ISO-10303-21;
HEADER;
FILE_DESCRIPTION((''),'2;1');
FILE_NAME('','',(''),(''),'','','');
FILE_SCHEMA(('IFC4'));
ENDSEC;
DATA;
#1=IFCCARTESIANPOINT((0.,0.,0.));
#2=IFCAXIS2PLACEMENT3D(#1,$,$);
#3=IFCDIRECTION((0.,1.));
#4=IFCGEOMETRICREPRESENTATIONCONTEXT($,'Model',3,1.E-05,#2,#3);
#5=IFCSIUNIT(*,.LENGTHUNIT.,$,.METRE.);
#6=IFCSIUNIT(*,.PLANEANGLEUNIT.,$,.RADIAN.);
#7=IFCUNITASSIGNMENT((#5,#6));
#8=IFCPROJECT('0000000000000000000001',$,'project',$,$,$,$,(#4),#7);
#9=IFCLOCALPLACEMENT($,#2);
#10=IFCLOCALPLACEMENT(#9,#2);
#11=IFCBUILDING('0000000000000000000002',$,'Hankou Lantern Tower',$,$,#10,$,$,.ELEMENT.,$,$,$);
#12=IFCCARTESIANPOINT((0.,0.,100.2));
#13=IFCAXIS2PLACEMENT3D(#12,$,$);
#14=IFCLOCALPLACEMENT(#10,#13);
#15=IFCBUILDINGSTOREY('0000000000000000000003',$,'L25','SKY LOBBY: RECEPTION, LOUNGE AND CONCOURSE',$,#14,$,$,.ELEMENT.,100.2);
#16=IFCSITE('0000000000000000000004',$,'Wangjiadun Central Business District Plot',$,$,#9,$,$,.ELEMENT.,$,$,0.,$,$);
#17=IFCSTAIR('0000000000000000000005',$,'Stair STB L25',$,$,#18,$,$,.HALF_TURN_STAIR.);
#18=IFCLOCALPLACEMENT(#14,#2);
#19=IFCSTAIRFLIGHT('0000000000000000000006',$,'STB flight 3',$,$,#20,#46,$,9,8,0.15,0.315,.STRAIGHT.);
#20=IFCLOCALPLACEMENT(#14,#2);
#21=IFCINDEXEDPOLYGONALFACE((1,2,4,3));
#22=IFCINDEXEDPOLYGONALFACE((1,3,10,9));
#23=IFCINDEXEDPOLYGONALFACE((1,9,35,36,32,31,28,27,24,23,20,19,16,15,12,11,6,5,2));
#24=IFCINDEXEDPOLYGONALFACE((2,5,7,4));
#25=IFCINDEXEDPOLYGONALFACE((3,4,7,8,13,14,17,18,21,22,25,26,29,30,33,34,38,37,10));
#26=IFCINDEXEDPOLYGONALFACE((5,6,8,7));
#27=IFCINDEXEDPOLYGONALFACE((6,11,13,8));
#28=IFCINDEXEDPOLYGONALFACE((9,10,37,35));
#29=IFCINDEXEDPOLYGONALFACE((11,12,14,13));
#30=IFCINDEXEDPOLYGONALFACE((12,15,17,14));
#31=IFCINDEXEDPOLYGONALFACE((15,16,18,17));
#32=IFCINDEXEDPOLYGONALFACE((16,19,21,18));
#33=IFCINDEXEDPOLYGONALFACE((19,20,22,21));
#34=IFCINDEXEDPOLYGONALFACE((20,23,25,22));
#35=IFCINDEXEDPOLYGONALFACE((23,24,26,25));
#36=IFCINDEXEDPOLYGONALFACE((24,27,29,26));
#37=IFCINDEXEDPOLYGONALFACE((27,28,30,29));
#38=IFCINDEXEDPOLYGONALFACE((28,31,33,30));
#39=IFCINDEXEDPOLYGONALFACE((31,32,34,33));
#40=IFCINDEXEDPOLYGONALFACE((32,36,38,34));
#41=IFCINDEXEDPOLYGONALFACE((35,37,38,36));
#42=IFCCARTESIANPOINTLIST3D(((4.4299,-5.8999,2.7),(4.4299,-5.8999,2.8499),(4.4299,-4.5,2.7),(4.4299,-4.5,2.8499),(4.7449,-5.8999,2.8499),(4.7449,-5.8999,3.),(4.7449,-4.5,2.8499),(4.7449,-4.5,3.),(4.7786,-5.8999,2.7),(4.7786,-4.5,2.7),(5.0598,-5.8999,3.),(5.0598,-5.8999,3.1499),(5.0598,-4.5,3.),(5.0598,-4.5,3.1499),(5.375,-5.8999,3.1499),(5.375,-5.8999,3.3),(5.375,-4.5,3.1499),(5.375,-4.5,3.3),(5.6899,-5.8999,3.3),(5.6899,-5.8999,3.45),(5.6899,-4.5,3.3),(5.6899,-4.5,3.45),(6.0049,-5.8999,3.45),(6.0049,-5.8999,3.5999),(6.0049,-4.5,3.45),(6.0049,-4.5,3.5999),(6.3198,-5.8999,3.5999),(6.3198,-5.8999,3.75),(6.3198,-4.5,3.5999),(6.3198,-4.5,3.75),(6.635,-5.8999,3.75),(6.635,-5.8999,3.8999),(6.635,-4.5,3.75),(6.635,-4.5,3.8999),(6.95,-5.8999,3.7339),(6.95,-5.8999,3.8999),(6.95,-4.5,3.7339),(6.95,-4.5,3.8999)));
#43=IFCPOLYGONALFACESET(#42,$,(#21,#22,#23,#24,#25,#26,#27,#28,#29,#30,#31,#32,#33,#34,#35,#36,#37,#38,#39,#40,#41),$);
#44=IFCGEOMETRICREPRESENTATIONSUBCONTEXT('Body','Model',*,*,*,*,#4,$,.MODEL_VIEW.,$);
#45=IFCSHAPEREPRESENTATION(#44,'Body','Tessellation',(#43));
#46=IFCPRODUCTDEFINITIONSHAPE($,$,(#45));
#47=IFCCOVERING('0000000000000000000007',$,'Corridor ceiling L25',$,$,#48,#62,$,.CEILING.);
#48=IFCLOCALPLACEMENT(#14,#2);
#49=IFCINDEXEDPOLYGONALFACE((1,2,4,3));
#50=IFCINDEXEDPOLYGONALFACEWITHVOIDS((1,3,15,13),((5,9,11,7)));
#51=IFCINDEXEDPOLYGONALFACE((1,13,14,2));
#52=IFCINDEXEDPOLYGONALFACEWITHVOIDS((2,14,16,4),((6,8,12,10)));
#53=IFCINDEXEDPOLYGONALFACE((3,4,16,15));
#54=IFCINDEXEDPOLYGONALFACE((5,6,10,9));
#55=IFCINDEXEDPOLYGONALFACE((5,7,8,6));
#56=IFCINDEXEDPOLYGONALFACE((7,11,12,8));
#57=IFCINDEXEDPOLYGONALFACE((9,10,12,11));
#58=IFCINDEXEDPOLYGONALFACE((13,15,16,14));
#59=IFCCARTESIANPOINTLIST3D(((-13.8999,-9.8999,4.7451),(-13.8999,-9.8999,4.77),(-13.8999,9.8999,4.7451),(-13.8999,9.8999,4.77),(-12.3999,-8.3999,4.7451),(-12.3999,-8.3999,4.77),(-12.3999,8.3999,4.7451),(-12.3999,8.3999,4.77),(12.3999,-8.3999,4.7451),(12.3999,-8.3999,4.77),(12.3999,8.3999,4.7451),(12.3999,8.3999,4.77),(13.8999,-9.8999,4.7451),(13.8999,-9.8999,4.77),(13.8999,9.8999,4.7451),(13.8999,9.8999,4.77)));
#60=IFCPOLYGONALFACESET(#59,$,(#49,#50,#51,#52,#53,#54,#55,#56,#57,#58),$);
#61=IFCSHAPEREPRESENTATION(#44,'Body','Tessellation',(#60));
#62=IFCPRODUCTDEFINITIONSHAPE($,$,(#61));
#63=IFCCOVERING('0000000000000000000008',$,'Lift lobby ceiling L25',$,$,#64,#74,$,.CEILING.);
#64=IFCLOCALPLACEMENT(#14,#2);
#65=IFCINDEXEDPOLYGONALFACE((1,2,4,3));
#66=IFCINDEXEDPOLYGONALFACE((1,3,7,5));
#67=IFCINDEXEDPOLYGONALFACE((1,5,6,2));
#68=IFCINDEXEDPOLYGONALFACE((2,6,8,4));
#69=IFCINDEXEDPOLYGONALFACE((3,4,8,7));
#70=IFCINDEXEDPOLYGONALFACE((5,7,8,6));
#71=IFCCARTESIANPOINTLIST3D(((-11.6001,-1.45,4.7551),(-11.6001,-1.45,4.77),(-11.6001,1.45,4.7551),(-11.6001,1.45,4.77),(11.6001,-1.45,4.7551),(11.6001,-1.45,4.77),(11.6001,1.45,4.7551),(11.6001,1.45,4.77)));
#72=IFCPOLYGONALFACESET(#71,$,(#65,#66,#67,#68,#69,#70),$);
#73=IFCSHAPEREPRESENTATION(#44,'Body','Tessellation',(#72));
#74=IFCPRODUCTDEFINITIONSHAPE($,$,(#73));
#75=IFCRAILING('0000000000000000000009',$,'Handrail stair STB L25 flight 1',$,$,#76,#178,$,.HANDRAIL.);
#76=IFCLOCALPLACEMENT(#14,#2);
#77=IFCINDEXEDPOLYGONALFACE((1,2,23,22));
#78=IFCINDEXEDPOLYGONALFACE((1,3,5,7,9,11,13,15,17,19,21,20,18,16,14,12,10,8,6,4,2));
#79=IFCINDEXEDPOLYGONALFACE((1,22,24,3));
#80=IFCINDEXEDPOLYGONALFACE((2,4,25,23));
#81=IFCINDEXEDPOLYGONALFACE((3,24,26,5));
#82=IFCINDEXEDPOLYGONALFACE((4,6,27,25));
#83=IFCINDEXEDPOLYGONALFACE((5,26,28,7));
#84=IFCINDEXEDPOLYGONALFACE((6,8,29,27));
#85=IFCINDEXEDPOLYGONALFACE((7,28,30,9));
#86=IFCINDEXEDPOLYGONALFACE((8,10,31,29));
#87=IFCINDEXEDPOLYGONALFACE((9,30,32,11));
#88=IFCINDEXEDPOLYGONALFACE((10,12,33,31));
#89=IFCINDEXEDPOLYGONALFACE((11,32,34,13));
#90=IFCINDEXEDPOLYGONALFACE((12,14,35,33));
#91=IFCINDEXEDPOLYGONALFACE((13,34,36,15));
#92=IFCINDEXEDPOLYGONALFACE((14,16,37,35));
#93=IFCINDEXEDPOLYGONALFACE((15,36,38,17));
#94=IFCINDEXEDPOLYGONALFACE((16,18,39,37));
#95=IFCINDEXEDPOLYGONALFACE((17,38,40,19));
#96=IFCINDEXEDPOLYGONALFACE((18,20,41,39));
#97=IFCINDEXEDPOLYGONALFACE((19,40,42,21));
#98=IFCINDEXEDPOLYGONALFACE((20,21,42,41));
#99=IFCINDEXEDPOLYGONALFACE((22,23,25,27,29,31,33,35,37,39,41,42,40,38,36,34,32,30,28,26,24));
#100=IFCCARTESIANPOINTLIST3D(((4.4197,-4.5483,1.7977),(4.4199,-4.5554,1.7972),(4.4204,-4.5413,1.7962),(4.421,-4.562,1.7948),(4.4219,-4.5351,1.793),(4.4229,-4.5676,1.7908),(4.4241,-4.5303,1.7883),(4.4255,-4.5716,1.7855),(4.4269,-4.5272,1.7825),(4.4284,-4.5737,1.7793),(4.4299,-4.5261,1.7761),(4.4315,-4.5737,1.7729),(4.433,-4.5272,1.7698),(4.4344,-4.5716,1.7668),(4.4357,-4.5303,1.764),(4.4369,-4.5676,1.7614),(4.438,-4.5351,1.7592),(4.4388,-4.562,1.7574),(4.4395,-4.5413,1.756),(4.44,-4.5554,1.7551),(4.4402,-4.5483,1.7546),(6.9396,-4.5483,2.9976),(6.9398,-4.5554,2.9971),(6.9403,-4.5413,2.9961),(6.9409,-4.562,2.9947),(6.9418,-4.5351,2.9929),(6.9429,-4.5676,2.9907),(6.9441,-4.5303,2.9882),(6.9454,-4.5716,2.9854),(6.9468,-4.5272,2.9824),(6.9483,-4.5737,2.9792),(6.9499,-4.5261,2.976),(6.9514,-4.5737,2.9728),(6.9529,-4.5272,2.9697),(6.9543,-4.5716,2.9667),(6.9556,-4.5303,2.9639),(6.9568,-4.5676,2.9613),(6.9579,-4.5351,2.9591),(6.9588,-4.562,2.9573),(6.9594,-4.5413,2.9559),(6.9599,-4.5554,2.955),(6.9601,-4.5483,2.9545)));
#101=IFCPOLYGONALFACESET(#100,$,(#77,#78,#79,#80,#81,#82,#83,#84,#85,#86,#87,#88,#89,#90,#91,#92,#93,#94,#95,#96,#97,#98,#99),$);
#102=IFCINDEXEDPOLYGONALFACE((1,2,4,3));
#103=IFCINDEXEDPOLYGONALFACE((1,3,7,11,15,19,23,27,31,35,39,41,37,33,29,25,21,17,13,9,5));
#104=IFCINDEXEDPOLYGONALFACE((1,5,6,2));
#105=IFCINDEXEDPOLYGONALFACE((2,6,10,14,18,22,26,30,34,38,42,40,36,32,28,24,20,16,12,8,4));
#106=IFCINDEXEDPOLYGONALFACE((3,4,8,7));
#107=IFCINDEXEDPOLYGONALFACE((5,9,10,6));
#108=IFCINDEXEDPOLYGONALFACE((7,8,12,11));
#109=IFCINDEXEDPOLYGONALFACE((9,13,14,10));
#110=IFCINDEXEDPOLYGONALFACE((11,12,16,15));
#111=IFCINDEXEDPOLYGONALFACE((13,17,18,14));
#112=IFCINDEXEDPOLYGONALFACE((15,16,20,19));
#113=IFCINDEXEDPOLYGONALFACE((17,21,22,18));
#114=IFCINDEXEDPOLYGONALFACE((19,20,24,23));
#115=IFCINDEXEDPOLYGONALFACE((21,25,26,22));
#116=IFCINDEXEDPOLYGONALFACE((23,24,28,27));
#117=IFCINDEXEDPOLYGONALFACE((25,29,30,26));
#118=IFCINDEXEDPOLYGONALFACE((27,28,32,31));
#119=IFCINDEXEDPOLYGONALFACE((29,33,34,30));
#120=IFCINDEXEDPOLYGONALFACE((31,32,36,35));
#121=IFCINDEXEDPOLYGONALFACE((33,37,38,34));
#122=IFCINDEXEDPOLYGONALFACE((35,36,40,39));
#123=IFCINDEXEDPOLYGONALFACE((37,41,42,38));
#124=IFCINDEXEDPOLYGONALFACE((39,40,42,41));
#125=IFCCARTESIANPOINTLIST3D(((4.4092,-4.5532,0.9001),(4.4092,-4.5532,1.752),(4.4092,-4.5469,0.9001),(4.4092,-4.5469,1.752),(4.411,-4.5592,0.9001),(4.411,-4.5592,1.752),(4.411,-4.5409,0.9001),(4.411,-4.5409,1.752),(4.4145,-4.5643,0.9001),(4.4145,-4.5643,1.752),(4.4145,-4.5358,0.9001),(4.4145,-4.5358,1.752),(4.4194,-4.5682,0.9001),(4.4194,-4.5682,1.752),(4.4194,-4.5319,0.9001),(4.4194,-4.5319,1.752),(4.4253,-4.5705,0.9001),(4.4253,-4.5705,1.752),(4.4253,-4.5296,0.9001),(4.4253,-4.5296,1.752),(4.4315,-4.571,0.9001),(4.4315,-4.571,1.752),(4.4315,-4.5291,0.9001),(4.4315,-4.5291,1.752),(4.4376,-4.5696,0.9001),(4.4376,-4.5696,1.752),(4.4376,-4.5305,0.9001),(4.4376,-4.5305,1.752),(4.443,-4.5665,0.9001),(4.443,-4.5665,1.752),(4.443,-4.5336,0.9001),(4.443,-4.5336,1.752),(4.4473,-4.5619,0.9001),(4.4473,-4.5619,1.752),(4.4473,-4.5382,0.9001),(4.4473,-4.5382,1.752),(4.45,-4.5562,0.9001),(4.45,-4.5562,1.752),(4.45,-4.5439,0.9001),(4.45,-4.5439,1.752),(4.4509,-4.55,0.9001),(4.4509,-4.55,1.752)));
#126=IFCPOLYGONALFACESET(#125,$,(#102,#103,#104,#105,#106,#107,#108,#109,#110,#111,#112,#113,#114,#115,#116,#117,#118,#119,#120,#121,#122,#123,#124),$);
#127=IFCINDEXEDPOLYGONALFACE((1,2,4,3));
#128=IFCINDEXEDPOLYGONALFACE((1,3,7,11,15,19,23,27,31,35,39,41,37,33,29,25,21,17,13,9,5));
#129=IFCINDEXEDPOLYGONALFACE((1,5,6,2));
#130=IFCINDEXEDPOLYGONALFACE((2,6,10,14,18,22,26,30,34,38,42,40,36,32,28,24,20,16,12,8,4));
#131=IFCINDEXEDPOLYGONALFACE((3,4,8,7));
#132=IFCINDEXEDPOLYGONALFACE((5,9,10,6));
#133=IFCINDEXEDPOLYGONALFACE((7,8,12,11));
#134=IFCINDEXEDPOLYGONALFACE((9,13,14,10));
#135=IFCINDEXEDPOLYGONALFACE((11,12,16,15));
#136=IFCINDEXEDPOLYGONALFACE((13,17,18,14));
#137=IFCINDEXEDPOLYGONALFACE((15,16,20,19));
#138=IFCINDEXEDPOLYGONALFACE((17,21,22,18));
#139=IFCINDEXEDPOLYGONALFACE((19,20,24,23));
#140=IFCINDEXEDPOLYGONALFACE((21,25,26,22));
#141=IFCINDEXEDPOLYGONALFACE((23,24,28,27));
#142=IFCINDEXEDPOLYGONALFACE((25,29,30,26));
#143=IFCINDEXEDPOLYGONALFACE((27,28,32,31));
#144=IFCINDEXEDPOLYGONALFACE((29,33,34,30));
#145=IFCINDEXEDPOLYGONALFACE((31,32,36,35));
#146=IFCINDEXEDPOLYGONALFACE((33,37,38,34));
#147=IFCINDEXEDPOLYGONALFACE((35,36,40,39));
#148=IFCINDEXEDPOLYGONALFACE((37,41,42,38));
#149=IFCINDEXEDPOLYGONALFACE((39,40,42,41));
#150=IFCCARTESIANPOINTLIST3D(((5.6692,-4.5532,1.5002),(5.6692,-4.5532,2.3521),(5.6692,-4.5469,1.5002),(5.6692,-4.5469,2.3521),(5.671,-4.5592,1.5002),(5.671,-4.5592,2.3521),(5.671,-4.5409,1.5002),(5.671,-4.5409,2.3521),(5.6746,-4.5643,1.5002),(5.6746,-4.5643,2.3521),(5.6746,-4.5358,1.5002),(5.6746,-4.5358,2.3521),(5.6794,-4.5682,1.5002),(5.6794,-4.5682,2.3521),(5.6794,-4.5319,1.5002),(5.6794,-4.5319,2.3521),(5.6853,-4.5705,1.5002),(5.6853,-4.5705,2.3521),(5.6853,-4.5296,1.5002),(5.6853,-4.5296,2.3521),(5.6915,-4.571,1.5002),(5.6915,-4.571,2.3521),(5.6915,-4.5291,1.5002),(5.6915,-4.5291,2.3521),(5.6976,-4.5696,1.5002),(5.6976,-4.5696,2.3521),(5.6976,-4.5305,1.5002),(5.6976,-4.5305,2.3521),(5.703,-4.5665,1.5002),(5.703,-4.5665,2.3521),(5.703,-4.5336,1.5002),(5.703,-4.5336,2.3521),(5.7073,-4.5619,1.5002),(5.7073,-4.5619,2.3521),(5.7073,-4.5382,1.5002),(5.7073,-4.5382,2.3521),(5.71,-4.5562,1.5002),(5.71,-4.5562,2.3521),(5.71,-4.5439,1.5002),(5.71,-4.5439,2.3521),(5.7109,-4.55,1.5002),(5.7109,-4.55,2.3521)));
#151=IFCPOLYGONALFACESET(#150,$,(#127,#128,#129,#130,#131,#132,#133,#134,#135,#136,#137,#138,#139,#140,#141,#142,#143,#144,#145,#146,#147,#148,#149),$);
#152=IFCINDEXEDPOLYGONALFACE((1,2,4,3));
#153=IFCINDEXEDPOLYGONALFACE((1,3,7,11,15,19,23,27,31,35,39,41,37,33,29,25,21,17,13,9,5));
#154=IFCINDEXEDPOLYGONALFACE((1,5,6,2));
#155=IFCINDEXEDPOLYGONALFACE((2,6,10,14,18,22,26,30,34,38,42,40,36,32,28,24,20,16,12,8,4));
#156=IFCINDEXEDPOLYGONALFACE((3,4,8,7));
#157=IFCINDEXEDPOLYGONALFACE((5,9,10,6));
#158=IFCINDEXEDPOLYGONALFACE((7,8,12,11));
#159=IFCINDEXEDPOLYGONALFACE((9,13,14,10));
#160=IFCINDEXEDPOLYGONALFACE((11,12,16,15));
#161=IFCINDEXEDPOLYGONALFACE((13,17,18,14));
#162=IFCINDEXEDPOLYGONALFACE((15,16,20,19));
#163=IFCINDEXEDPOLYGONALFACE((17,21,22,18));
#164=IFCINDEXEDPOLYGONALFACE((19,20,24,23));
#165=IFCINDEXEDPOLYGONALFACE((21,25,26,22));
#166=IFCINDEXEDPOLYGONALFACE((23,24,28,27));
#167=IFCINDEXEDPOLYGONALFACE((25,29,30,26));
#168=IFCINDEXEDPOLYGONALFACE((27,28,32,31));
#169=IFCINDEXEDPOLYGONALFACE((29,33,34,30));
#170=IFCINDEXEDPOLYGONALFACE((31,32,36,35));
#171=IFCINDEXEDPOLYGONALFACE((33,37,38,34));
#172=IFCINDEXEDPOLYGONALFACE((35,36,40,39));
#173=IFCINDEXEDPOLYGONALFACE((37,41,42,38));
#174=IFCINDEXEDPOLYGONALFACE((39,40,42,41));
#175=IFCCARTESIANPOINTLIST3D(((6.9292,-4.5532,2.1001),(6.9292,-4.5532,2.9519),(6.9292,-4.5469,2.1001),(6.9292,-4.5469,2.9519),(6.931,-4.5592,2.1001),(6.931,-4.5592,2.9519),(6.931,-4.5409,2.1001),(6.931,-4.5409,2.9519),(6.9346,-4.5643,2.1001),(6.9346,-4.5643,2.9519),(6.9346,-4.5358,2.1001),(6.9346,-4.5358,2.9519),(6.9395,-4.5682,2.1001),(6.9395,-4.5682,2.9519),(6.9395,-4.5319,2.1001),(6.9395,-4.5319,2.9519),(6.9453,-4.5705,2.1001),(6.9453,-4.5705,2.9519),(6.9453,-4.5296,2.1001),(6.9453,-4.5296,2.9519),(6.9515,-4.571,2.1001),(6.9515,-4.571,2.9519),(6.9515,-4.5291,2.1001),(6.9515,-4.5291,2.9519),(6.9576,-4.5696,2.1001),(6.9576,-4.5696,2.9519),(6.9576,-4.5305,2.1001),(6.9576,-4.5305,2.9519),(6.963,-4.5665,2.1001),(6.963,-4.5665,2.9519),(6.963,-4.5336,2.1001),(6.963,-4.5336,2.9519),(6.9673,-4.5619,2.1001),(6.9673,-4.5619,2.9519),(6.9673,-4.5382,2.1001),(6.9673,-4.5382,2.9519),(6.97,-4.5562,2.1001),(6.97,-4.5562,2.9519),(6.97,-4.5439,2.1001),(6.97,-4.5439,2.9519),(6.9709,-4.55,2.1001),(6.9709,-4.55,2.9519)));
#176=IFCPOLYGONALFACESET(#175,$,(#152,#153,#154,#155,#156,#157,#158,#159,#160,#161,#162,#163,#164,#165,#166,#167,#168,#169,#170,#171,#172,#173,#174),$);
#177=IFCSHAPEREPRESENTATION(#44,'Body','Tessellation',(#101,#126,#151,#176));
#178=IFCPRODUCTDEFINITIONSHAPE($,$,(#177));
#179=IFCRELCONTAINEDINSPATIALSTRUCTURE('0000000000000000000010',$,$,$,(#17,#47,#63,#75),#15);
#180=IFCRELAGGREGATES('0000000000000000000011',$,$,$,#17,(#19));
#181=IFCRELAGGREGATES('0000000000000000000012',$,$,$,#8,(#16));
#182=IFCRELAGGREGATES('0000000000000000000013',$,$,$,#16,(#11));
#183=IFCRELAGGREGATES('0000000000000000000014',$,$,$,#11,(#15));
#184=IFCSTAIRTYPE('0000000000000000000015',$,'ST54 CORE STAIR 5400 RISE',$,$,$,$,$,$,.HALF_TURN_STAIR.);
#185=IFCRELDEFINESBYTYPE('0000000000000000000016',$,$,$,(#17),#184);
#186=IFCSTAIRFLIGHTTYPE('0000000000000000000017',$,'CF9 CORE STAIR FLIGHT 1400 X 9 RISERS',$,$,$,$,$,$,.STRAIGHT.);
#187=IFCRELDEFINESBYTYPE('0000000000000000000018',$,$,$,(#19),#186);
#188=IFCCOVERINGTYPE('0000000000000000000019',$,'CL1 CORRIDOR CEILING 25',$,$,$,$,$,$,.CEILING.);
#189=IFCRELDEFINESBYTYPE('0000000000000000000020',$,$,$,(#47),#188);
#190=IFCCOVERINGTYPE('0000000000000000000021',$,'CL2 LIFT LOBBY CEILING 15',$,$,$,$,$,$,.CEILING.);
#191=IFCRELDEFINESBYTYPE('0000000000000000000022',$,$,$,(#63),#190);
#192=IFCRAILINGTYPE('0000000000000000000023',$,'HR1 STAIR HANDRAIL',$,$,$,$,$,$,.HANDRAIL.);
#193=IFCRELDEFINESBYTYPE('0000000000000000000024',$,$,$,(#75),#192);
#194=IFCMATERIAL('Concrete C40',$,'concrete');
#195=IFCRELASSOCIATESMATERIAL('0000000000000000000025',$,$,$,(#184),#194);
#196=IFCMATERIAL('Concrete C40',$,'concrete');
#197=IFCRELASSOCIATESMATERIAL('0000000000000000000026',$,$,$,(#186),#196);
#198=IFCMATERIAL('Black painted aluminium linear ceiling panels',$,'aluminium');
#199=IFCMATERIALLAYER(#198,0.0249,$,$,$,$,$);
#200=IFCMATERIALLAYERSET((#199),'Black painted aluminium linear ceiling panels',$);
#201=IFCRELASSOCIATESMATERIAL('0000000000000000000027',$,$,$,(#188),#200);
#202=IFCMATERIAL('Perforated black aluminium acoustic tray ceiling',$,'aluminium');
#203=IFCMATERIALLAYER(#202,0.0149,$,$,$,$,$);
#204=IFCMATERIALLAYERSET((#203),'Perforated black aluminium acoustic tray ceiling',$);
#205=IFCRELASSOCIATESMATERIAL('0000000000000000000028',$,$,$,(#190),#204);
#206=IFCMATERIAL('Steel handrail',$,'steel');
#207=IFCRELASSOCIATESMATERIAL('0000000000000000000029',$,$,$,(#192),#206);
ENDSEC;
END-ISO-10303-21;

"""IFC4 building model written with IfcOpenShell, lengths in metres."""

from ifc_helpers import new_model, si_unit, direction, frame, origin, origin_2d, place, context, subcontext, project, spatial, polyline, circle, outline, extrude, material, layer, layer_set, type_object, element, aggregate, save


model = new_model("IFC4")

# Units and contexts
model_context = context("Model", 3, precision=1e-05, world=origin(), true_north=direction((0.0, 1.0)))
body_context = subcontext(model_context, "Body", "Model", "MODEL_VIEW")
ifc_project = project(units=[si_unit("LENGTHUNIT", "METRE"), si_unit("PLANEANGLEUNIT", "RADIAN")], contexts=[model_context])

# Site, building, storey
site_placement = place(None, origin())
site = spatial("IfcSite", under=ifc_project, at=site_placement, Name="Wangjiadun Central Business District Plot", CompositionType="ELEMENT", RefElevation=0.0)
building_placement = place(site_placement, origin())
building = spatial("IfcBuilding", under=site, at=building_placement, Name="Hankou Lantern Tower", CompositionType="ELEMENT")
storey_placement = place(building_placement, frame((0.0, 0.0, 100.2)))
storey = spatial("IfcBuildingStorey", under=building, at=storey_placement, Name="L25", Description="SKY LOBBY: RECEPTION, LOUNGE AND CONCOURSE", CompositionType="ELEMENT", Elevation=100.2)

# Stair, stair flight
ifc_material_1 = material(Name="Concrete C40", Category="concrete")
stair_type = type_object("IfcStairType", Name="ST54 CORE STAIR 5400 RISE", PredefinedType="HALF_TURN_STAIR", material=ifc_material_1)
stair_placement = place(storey_placement, origin())
stair = element("IfcStair", 1, at=stair_placement, inside=storey, type_object=stair_type, Name="Stair STB L25", PredefinedType="HALF_TURN_STAIR")
ifc_material_2 = material(Name="Concrete C40", Category="concrete")
stair_flight_type = type_object("IfcStairFlightType", Name="CF9 CORE STAIR FLIGHT 1400 X 9 RISERS", PredefinedType="STRAIGHT", material=ifc_material_2)
stair_flight_1_placement = place(storey_placement, frame((4.4299, -5.2, 2.7), z_axis=(0.0, 0.0, 1.0), x_axis=(1.0, 0.0, 0.0)))
stair_flight_1 = element("IfcStairFlight", 2, at=stair_flight_1_placement, type_object=stair_flight_type, Name="STB flight 3", NumberOfRisers=9, NumberOfTreads=8, PredefinedType="STRAIGHT", RiserHeight=0.15, TreadLength=0.315, context=body_context, shape_type="SweptSolid", body=[
    extrude(outline(polyline([(0.0, 0.0), (0.0, 0.1499), (0.3149, 0.1499), (0.3149, 0.3), (0.6299, 0.3), (0.6299, 0.45), (0.9451, 0.45), (0.9451, 0.6001), (1.26, 0.6001), (1.26, 0.75), (1.575, 0.75), (1.575, 0.8999), (1.8899, 0.8999), (1.8899, 1.05), (2.2051, 1.05), (2.2051, 1.2), (2.52, 1.2), (2.52, 1.3501), (2.52, 1.0339), (0.3486, 0.0), (0.0, 0.0)])), frame((0.0, 0.7, 0.0), z_axis=(0.0, -1.0, 0.0), x_axis=(1.0, 0.0, 0.0)), (0.0, 0.0, 1.0), 1.3999),
])
aggregate(stair, [stair_flight_1])

# Coverings
ifc_material_3 = material(Name="Black painted aluminium linear ceiling panels", Category="aluminium")
ifc_layer_1 = layer(ifc_material_3, 0.0249)
ifc_layer_set_1 = layer_set([ifc_layer_1], Name="Black painted aluminium linear ceiling panels")
covering_type_1 = type_object("IfcCoveringType", Name="CL1 CORRIDOR CEILING 25", PredefinedType="CEILING", material=ifc_layer_set_1)
covering_1_placement = place(storey_placement, frame((0.0, 0.0, 4.7451)))
element("IfcCovering", 3, at=covering_1_placement, inside=storey, type_object=covering_type_1, Name="Corridor ceiling L25", PredefinedType="CEILING", context=body_context, shape_type="SweptSolid", body=[
    extrude(outline(polyline([(-13.8999, -9.8999), (13.8999, -9.8999), (13.8999, 9.8999), (-13.8999, 9.8999), (-13.8999, -9.8999)]), holes=[polyline([(-12.3999, 8.3999), (12.3999, 8.3999), (12.3999, -8.3999), (-12.3999, -8.3999), (-12.3999, 8.3999)])]), origin(), (0.0, 0.0, 1.0), 0.0249),
])
ifc_material_4 = material(Name="Perforated black aluminium acoustic tray ceiling", Category="aluminium")
ifc_layer_2 = layer(ifc_material_4, 0.0149)
ifc_layer_set_2 = layer_set([ifc_layer_2], Name="Perforated black aluminium acoustic tray ceiling")
covering_type_2 = type_object("IfcCoveringType", Name="CL2 LIFT LOBBY CEILING 15", PredefinedType="CEILING", material=ifc_layer_set_2)
covering_2_placement = place(storey_placement, frame((0.0, 0.0, 4.7551)))
element("IfcCovering", 4, at=covering_2_placement, inside=storey, type_object=covering_type_2, Name="Lift lobby ceiling L25", PredefinedType="CEILING", context=body_context, shape_type="SweptSolid", body=[
    extrude(outline(polyline([(-11.6001, -1.45), (11.6001, -1.45), (11.6001, 1.45), (-11.6001, 1.45), (-11.6001, -1.45)])), origin(), (0.0, 0.0, 1.0), 0.0149),
])

# Railing
ifc_material_5 = material(Name="Steel handrail", Category="steel")
railing_type = type_object("IfcRailingType", Name="HR1 STAIR HANDRAIL", PredefinedType="HANDRAIL", material=ifc_material_5)
railing_1_placement = place(storey_placement, frame((4.4299, -4.55, 0.9001)))
element("IfcRailing", 5, at=railing_1_placement, inside=storey, type_object=railing_type, Name="Handrail stair STB L25 flight 1", PredefinedType="HANDRAIL", context=body_context, shape_type="SweptSolid", body=[
    extrude(circle(Radius=0.0239, at=origin_2d()), frame((0.0, 0.0, 0.876), z_axis=(0.902869, 0.0, 0.429917), x_axis=(0.0, 1.0, 0.0)), (0.0, 0.0, 1.0), 2.791),
    extrude(circle(Radius=0.021, at=origin_2d()), origin(), (0.0, 0.0, 1.0), 0.8518),
    extrude(circle(Radius=0.021, at=origin_2d()), frame((1.26, 0.0, 0.6001)), (0.0, 0.0, 1.0), 0.8518),
    extrude(circle(Radius=0.021, at=origin_2d()), frame((2.52, 0.0, 1.2)), (0.0, 0.0, 1.0), 0.8518),
])

save(model, "model.ifc")
